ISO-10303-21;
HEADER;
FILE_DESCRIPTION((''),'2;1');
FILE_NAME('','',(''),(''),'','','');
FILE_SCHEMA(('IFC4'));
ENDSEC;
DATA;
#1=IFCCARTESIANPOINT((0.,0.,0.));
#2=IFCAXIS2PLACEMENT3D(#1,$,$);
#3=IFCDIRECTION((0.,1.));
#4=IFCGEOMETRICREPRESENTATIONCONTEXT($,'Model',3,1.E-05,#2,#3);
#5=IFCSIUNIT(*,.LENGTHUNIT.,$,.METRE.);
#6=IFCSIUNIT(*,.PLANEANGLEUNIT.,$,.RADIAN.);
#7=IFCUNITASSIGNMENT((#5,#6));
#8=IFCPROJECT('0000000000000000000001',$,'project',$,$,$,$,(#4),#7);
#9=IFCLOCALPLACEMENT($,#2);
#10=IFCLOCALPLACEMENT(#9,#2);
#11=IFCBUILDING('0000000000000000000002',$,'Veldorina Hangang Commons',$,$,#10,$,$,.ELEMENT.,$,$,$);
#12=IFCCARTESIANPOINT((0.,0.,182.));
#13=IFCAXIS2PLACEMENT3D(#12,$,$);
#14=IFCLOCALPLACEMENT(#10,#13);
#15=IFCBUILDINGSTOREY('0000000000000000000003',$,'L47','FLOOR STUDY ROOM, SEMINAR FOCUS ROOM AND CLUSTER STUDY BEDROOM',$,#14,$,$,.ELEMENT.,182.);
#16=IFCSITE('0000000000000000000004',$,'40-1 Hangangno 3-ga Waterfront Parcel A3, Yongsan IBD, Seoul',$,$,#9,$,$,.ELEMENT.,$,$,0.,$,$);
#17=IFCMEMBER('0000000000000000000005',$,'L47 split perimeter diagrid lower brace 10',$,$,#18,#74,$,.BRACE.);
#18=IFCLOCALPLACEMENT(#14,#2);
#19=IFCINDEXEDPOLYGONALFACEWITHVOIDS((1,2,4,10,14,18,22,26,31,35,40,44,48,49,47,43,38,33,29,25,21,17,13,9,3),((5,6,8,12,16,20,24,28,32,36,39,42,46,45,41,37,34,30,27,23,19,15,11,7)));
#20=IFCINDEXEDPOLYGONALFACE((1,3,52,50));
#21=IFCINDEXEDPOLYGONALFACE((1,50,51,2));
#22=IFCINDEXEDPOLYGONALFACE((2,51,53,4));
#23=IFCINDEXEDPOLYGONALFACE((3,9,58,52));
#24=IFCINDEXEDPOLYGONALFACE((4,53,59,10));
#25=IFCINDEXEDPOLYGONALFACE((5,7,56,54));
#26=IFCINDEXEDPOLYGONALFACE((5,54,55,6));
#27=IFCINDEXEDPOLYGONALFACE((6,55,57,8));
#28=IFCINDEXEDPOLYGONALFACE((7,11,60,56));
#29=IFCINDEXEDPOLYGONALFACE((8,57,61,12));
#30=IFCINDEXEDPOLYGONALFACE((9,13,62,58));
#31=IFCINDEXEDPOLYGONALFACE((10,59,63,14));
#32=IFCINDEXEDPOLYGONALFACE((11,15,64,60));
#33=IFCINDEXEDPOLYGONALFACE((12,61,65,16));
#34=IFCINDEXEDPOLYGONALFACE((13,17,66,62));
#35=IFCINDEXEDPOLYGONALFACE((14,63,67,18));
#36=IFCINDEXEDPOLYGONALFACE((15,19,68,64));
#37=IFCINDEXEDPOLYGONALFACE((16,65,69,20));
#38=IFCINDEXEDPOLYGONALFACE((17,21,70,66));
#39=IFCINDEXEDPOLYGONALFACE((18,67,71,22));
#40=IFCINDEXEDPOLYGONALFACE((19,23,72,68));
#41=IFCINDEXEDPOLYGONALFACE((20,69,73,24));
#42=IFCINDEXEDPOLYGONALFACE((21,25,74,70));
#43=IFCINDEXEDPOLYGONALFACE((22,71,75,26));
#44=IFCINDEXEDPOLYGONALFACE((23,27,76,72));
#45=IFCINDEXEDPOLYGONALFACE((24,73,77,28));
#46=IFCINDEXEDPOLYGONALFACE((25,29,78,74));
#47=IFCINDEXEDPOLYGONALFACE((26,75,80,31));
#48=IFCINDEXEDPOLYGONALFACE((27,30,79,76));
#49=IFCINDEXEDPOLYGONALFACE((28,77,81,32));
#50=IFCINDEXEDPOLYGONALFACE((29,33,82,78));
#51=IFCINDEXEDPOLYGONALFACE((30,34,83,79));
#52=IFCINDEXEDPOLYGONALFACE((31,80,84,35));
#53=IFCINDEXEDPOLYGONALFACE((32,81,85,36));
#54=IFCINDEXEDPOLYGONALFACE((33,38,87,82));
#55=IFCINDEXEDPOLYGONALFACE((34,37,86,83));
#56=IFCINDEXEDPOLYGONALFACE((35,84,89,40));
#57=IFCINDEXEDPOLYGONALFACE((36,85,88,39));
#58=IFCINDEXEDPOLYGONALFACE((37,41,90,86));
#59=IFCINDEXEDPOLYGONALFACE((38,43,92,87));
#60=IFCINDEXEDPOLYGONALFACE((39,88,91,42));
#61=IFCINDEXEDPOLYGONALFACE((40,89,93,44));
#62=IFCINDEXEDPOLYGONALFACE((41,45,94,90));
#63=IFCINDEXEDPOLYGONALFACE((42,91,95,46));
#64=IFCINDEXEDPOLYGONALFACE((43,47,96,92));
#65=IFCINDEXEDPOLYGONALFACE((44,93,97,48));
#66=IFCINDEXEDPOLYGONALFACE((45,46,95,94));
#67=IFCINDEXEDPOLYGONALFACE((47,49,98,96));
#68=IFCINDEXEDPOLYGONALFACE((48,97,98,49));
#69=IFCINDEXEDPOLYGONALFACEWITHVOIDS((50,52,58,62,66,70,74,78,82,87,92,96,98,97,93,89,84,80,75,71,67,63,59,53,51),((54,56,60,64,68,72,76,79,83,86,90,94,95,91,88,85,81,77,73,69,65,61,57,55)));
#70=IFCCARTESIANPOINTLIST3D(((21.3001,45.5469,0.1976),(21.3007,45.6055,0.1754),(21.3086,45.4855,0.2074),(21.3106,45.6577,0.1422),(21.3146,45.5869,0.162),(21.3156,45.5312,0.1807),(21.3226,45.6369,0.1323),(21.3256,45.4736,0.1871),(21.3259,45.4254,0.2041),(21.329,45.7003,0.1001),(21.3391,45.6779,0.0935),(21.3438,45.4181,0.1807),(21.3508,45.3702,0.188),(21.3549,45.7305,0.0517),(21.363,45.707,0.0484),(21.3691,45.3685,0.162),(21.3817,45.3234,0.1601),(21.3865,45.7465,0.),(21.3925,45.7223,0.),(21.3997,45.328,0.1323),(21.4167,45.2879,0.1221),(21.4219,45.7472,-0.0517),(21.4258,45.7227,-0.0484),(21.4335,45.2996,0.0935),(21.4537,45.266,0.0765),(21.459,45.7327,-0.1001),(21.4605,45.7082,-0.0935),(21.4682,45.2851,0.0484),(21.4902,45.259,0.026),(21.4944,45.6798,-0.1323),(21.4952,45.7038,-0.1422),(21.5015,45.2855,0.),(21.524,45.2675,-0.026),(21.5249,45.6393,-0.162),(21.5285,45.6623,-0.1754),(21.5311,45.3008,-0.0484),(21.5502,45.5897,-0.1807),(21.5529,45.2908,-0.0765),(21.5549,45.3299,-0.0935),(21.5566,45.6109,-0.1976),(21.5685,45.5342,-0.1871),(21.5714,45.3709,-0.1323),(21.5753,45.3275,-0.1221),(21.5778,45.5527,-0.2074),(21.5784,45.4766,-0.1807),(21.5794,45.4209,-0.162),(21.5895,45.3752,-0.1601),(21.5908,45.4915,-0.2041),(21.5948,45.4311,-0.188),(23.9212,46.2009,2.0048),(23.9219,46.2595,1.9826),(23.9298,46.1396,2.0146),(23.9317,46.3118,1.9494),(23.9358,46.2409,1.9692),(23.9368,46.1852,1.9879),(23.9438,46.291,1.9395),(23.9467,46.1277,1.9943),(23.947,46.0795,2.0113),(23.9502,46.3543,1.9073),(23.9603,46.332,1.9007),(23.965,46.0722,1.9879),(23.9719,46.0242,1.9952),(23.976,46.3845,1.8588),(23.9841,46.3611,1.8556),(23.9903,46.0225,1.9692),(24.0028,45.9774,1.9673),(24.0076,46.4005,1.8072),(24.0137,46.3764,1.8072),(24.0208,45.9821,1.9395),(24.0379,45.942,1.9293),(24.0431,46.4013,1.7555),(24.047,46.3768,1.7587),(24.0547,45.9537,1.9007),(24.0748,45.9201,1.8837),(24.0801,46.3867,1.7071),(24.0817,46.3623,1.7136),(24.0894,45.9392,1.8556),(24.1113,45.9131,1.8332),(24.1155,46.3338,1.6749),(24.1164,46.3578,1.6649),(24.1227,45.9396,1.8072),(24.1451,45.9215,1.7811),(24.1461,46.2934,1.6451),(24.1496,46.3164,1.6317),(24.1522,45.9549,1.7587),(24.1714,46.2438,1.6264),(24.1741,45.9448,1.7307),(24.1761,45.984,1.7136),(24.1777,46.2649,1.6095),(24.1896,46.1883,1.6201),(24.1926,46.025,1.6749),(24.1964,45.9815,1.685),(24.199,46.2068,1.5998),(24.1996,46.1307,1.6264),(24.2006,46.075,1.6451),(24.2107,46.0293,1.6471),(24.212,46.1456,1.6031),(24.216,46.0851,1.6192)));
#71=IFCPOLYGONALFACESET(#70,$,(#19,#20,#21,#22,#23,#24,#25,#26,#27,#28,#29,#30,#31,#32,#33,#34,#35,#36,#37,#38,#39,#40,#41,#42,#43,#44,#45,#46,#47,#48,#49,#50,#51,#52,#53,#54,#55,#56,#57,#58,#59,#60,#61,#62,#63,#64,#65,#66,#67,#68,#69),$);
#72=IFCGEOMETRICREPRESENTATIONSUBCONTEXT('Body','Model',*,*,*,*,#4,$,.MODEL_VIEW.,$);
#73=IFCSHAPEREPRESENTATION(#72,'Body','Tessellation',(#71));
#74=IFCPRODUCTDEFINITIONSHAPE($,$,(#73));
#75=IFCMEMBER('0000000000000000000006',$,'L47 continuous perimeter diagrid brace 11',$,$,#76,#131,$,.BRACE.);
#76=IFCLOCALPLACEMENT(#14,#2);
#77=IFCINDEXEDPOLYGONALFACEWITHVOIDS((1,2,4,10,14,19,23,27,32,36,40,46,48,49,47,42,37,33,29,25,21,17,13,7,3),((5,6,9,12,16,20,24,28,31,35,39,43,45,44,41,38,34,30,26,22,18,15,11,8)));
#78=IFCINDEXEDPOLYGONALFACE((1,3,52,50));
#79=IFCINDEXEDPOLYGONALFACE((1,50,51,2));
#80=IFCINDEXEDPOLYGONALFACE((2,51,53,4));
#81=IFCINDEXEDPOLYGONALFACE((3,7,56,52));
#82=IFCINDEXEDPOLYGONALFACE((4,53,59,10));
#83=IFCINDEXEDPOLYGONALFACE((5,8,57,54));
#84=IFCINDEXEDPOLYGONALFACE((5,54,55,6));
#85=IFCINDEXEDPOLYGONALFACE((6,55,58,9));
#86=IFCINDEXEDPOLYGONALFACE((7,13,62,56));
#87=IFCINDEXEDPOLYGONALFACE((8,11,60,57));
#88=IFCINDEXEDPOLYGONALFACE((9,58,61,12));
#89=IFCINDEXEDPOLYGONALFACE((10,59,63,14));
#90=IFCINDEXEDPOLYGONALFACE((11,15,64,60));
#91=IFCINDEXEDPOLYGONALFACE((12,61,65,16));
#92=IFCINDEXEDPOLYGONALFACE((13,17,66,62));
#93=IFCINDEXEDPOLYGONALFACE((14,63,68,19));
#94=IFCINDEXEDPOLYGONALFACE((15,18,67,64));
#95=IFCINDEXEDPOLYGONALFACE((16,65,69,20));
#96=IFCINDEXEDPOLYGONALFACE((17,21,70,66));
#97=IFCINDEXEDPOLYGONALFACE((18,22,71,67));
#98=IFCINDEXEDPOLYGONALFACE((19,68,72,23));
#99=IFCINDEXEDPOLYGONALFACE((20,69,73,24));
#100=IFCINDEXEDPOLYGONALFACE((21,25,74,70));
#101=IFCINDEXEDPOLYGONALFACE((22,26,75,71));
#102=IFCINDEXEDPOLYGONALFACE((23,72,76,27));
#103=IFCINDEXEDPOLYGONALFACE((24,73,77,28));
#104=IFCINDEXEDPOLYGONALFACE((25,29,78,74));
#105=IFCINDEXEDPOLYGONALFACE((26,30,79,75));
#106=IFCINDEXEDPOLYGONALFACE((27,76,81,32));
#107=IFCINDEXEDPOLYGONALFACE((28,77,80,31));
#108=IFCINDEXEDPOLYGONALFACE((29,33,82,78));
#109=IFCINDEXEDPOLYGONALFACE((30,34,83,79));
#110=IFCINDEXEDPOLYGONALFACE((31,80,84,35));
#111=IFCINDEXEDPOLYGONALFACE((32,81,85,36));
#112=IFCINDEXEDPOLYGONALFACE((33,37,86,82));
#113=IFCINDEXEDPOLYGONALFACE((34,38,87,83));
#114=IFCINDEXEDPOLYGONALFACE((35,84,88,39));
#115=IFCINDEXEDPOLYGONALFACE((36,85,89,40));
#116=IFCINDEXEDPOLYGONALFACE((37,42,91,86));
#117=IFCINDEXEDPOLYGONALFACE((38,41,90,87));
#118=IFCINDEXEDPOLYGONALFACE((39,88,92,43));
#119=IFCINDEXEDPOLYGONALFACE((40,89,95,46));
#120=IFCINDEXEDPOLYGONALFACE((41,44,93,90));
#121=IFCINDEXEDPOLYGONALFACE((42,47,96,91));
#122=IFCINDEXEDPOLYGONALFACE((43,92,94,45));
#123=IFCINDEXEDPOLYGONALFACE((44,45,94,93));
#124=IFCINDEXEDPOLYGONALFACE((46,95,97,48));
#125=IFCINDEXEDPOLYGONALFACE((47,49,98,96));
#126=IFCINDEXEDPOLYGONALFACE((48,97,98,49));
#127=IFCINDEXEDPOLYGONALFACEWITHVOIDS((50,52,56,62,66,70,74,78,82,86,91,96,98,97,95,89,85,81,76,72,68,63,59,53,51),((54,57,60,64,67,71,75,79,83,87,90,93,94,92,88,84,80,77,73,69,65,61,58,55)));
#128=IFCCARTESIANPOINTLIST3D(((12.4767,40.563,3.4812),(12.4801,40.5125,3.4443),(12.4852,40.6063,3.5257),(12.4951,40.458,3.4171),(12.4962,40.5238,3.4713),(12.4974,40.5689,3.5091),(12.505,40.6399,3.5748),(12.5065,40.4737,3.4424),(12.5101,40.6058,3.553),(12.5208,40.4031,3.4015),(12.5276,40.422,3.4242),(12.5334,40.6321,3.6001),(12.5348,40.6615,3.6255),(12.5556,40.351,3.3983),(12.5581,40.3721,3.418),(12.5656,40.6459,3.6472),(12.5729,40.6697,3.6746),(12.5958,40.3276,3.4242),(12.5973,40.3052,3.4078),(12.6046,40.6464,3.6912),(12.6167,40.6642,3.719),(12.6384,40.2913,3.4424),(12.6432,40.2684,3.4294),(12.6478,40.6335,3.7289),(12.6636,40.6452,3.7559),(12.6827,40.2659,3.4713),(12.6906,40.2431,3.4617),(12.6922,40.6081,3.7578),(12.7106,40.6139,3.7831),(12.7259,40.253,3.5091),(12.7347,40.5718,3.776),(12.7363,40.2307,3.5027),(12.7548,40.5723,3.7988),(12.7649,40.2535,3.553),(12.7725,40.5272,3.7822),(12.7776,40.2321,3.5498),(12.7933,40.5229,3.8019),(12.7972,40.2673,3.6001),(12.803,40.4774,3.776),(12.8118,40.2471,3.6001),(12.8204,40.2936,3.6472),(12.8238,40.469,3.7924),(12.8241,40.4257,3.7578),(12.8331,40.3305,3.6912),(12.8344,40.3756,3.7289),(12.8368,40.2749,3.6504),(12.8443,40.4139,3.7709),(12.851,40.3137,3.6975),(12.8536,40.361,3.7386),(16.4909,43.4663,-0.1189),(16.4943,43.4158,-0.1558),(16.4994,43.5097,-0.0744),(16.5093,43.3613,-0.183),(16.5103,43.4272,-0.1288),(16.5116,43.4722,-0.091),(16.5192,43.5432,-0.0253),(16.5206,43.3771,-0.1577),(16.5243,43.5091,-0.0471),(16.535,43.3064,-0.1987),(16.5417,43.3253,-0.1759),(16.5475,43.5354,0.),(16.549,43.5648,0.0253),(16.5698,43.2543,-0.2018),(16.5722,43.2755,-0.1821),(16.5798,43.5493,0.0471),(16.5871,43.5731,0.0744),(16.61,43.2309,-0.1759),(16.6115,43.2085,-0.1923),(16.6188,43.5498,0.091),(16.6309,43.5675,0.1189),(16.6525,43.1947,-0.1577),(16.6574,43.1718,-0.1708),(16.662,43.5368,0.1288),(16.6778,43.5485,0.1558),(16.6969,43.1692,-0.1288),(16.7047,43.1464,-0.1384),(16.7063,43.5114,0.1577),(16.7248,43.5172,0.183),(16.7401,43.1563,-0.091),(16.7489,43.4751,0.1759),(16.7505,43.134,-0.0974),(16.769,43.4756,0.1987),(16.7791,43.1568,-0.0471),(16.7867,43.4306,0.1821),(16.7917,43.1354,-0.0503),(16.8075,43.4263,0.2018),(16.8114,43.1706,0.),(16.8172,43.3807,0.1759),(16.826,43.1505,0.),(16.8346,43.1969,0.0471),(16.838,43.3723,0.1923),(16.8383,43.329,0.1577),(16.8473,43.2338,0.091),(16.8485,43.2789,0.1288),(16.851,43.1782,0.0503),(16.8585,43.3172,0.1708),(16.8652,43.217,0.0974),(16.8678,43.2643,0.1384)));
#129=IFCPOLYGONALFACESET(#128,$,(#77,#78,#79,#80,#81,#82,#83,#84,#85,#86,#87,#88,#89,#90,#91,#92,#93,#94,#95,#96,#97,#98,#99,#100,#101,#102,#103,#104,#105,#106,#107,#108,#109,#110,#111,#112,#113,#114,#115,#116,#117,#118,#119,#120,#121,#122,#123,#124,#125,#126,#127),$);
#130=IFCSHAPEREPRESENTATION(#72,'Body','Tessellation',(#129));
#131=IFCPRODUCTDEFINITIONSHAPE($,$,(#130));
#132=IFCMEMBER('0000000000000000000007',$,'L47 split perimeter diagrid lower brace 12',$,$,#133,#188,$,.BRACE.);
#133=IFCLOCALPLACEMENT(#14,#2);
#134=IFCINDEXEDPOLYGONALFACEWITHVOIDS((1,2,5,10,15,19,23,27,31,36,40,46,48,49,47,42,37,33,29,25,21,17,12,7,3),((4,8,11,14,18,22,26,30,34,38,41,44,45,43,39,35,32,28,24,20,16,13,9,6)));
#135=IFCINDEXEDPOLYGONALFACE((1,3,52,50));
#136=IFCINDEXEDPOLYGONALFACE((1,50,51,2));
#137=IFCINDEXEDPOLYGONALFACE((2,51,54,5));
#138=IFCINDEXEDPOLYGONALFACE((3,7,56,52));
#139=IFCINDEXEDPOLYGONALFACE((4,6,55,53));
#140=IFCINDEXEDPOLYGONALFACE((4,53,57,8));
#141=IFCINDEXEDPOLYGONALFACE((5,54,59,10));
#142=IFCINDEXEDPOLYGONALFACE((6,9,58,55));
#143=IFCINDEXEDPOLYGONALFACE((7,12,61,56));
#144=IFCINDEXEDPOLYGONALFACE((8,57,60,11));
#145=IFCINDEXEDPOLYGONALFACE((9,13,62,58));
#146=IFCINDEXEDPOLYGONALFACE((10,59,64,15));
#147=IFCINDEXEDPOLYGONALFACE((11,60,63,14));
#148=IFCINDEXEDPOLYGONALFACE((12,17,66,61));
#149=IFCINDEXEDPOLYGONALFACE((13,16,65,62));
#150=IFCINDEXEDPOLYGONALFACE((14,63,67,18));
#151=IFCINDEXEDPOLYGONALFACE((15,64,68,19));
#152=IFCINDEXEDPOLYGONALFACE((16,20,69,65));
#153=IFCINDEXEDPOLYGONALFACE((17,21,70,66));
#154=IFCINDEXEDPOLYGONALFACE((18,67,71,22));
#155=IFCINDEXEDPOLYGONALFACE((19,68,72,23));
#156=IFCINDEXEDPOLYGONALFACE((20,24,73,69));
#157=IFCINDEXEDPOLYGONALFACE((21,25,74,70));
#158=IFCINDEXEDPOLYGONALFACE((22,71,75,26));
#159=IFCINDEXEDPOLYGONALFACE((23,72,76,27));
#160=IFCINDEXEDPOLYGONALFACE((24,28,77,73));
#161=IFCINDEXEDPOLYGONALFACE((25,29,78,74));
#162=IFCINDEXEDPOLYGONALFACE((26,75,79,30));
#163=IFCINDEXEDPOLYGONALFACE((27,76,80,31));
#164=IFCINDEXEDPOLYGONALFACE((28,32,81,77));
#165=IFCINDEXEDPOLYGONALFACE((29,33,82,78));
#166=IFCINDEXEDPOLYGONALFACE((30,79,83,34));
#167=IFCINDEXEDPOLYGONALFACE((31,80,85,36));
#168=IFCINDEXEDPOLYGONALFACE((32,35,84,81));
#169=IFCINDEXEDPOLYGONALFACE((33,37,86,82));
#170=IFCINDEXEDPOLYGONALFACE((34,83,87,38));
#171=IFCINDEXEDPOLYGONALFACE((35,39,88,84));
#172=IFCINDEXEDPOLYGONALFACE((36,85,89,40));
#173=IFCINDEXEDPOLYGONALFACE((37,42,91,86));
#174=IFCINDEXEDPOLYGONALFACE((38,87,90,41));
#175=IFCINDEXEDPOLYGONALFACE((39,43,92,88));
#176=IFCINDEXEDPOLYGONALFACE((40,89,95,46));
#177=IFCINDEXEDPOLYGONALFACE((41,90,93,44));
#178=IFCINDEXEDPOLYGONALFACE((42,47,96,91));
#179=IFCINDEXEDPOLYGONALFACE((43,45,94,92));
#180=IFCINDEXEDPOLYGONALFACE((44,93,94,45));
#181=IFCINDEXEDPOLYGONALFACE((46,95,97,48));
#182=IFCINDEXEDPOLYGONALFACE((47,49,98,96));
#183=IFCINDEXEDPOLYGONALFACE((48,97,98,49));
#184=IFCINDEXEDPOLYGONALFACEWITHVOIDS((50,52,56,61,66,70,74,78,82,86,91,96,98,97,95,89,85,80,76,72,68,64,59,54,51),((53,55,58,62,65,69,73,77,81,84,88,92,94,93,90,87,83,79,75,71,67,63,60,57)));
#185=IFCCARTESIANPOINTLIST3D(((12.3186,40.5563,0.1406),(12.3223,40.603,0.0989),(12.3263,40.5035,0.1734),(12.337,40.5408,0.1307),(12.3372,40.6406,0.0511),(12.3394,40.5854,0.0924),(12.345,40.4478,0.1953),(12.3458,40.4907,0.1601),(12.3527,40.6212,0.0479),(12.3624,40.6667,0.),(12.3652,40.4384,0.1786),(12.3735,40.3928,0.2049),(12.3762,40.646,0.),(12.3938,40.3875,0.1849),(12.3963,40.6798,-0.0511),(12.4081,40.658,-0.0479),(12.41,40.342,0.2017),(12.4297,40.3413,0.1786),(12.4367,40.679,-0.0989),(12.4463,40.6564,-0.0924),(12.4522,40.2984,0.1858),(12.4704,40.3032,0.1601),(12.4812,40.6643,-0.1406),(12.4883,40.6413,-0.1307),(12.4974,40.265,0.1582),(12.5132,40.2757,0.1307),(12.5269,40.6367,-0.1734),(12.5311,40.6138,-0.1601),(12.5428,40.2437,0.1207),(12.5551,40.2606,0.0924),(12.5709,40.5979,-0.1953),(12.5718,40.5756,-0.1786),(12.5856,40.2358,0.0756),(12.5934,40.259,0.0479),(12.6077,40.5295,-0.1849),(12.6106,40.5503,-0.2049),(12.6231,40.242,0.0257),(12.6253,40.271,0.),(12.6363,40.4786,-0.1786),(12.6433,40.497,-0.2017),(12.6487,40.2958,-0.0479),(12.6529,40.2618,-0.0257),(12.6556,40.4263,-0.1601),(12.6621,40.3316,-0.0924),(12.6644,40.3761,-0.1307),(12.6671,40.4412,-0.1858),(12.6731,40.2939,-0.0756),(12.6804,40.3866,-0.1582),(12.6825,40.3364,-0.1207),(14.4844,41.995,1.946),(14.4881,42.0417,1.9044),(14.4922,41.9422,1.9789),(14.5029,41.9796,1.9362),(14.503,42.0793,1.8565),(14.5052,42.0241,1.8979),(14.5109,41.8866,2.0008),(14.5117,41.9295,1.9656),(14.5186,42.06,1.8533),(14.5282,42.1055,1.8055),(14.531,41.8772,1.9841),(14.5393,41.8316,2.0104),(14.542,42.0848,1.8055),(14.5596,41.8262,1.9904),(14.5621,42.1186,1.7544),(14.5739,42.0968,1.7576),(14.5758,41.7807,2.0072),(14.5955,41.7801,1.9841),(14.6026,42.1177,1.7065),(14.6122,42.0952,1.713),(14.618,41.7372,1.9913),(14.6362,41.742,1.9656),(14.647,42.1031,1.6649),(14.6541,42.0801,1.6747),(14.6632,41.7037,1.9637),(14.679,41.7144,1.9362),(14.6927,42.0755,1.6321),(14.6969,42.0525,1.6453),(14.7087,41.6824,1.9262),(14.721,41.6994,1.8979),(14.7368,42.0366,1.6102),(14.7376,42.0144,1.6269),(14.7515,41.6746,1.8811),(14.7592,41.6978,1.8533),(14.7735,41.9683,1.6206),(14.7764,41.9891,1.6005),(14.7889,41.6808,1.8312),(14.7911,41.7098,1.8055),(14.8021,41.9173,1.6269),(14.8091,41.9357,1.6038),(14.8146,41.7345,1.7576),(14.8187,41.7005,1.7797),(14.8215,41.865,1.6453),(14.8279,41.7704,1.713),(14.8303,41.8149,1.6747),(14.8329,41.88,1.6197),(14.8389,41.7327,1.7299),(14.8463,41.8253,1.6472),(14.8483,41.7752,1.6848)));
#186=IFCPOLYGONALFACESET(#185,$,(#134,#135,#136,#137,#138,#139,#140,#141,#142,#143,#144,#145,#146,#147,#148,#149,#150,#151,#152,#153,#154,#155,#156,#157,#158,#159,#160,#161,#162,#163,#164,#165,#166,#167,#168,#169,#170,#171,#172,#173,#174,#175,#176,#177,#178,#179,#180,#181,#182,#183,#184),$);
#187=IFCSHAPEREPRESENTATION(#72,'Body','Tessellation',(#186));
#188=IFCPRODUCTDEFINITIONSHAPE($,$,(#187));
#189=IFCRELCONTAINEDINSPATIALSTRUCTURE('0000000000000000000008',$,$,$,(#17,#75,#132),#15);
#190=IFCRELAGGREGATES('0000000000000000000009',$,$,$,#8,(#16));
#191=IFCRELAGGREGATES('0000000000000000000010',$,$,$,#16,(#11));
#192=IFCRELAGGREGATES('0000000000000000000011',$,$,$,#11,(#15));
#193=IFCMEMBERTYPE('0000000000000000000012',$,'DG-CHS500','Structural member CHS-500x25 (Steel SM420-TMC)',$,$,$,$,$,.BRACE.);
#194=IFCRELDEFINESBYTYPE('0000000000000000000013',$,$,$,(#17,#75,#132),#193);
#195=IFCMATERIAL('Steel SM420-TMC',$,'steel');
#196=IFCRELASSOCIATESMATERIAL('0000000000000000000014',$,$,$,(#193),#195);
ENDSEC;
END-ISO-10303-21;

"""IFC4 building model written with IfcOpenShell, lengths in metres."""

from ifc_helpers import new_model, si_unit, direction, frame, origin, origin_2d, place, context, subcontext, project, spatial, hollow_circle, extrude, material, material_profile, profile_set, type_object, element, save


model = new_model("IFC4")

# Units and contexts
model_context = context("Model", 3, precision=1e-05, world=origin(), true_north=direction((0.0, 1.0)))
body_context = subcontext(model_context, "Body", "Model", "MODEL_VIEW")
ifc_project = project(units=[si_unit("LENGTHUNIT", "METRE"), si_unit("PLANEANGLEUNIT", "RADIAN")], contexts=[model_context])

# Site, building, storey
site_placement = place(None, origin())
site = spatial("IfcSite", under=ifc_project, at=site_placement, Name="40-1 Hangangno 3-ga Waterfront Parcel A3, Yongsan IBD, Seoul", CompositionType="ELEMENT", RefElevation=0.0)
building_placement = place(site_placement, origin())
building = spatial("IfcBuilding", under=site, at=building_placement, Name="Veldorina Hangang Commons", CompositionType="ELEMENT")
storey_placement = place(building_placement, frame((0.0, 0.0, 182.0)))
storey = spatial("IfcBuildingStorey", under=building, at=storey_placement, Name="L47", Description="FLOOR STUDY ROOM, SEMINAR FOCUS ROOM AND CLUSTER STUDY BEDROOM", CompositionType="ELEMENT", Elevation=182.0)

# Shared definitions
ifc_material_1 = material(Name="Steel SM420-TMC", Category="steel")

# Members
ifc_material_profile_1 = material_profile(ifc_material_1, hollow_circle(Radius=0.25, WallThickness=0.0249, at=origin_2d()), Name="CHS-500x25")
ifc_profile_set_1 = profile_set([ifc_material_profile_1], Name="Steel SM420-TMC")
member_type = type_object("IfcMemberType", Name="DG-CHS500", Description="Structural member CHS-500x25 (Steel SM420-TMC)", PredefinedType="BRACE", material=ifc_profile_set_1)
member_1_placement = place(storey_placement, frame((21.447, 45.5039, 0.0), z_axis=(0.806447, 0.201236, 0.55601), x_axis=(-0.24211, 0.970249, 0.0)))
element("IfcMember", 1, at=member_1_placement, inside=storey, type_object=member_type, Name="L47 split perimeter diagrid lower brace 10", PredefinedType="BRACE", context=body_context, shape_type="SweptSolid", body=[
    extrude(hollow_circle(Radius=0.25, WallThickness=0.0249, at=origin_2d()), origin(), (0.0, 0.0, 1.0), 3.2502),
])
member_2_placement = place(storey_placement, frame((16.6794, 43.353, 0.0), z_axis=(-0.655479, -0.474088, 0.587866), x_axis=(0.586048, -0.810276, 0.0)))
element("IfcMember", 2, at=member_2_placement, inside=storey, type_object=member_type, Name="L47 continuous perimeter diagrid brace 11", PredefinedType="BRACE", context=body_context, shape_type="SweptSolid", body=[
    extrude(hollow_circle(Radius=0.25, WallThickness=0.0249, at=origin_2d()), origin(), (0.0, 0.0, 1.0), 6.124),
])
member_3_placement = place(storey_placement, frame((12.5007, 40.4585, 0.0), z_axis=(0.684192, 0.454509, 0.570353), x_axis=(-0.553334, 0.832959, 0.0)))
element("IfcMember", 3, at=member_3_placement, inside=storey, type_object=member_type, Name="L47 split perimeter diagrid lower brace 12", PredefinedType="BRACE", context=body_context, shape_type="SweptSolid", body=[
    extrude(hollow_circle(Radius=0.25, WallThickness=0.0249, at=origin_2d()), origin(), (0.0, 0.0, 1.0), 3.1655),
])

save(model, "model.ifc")
